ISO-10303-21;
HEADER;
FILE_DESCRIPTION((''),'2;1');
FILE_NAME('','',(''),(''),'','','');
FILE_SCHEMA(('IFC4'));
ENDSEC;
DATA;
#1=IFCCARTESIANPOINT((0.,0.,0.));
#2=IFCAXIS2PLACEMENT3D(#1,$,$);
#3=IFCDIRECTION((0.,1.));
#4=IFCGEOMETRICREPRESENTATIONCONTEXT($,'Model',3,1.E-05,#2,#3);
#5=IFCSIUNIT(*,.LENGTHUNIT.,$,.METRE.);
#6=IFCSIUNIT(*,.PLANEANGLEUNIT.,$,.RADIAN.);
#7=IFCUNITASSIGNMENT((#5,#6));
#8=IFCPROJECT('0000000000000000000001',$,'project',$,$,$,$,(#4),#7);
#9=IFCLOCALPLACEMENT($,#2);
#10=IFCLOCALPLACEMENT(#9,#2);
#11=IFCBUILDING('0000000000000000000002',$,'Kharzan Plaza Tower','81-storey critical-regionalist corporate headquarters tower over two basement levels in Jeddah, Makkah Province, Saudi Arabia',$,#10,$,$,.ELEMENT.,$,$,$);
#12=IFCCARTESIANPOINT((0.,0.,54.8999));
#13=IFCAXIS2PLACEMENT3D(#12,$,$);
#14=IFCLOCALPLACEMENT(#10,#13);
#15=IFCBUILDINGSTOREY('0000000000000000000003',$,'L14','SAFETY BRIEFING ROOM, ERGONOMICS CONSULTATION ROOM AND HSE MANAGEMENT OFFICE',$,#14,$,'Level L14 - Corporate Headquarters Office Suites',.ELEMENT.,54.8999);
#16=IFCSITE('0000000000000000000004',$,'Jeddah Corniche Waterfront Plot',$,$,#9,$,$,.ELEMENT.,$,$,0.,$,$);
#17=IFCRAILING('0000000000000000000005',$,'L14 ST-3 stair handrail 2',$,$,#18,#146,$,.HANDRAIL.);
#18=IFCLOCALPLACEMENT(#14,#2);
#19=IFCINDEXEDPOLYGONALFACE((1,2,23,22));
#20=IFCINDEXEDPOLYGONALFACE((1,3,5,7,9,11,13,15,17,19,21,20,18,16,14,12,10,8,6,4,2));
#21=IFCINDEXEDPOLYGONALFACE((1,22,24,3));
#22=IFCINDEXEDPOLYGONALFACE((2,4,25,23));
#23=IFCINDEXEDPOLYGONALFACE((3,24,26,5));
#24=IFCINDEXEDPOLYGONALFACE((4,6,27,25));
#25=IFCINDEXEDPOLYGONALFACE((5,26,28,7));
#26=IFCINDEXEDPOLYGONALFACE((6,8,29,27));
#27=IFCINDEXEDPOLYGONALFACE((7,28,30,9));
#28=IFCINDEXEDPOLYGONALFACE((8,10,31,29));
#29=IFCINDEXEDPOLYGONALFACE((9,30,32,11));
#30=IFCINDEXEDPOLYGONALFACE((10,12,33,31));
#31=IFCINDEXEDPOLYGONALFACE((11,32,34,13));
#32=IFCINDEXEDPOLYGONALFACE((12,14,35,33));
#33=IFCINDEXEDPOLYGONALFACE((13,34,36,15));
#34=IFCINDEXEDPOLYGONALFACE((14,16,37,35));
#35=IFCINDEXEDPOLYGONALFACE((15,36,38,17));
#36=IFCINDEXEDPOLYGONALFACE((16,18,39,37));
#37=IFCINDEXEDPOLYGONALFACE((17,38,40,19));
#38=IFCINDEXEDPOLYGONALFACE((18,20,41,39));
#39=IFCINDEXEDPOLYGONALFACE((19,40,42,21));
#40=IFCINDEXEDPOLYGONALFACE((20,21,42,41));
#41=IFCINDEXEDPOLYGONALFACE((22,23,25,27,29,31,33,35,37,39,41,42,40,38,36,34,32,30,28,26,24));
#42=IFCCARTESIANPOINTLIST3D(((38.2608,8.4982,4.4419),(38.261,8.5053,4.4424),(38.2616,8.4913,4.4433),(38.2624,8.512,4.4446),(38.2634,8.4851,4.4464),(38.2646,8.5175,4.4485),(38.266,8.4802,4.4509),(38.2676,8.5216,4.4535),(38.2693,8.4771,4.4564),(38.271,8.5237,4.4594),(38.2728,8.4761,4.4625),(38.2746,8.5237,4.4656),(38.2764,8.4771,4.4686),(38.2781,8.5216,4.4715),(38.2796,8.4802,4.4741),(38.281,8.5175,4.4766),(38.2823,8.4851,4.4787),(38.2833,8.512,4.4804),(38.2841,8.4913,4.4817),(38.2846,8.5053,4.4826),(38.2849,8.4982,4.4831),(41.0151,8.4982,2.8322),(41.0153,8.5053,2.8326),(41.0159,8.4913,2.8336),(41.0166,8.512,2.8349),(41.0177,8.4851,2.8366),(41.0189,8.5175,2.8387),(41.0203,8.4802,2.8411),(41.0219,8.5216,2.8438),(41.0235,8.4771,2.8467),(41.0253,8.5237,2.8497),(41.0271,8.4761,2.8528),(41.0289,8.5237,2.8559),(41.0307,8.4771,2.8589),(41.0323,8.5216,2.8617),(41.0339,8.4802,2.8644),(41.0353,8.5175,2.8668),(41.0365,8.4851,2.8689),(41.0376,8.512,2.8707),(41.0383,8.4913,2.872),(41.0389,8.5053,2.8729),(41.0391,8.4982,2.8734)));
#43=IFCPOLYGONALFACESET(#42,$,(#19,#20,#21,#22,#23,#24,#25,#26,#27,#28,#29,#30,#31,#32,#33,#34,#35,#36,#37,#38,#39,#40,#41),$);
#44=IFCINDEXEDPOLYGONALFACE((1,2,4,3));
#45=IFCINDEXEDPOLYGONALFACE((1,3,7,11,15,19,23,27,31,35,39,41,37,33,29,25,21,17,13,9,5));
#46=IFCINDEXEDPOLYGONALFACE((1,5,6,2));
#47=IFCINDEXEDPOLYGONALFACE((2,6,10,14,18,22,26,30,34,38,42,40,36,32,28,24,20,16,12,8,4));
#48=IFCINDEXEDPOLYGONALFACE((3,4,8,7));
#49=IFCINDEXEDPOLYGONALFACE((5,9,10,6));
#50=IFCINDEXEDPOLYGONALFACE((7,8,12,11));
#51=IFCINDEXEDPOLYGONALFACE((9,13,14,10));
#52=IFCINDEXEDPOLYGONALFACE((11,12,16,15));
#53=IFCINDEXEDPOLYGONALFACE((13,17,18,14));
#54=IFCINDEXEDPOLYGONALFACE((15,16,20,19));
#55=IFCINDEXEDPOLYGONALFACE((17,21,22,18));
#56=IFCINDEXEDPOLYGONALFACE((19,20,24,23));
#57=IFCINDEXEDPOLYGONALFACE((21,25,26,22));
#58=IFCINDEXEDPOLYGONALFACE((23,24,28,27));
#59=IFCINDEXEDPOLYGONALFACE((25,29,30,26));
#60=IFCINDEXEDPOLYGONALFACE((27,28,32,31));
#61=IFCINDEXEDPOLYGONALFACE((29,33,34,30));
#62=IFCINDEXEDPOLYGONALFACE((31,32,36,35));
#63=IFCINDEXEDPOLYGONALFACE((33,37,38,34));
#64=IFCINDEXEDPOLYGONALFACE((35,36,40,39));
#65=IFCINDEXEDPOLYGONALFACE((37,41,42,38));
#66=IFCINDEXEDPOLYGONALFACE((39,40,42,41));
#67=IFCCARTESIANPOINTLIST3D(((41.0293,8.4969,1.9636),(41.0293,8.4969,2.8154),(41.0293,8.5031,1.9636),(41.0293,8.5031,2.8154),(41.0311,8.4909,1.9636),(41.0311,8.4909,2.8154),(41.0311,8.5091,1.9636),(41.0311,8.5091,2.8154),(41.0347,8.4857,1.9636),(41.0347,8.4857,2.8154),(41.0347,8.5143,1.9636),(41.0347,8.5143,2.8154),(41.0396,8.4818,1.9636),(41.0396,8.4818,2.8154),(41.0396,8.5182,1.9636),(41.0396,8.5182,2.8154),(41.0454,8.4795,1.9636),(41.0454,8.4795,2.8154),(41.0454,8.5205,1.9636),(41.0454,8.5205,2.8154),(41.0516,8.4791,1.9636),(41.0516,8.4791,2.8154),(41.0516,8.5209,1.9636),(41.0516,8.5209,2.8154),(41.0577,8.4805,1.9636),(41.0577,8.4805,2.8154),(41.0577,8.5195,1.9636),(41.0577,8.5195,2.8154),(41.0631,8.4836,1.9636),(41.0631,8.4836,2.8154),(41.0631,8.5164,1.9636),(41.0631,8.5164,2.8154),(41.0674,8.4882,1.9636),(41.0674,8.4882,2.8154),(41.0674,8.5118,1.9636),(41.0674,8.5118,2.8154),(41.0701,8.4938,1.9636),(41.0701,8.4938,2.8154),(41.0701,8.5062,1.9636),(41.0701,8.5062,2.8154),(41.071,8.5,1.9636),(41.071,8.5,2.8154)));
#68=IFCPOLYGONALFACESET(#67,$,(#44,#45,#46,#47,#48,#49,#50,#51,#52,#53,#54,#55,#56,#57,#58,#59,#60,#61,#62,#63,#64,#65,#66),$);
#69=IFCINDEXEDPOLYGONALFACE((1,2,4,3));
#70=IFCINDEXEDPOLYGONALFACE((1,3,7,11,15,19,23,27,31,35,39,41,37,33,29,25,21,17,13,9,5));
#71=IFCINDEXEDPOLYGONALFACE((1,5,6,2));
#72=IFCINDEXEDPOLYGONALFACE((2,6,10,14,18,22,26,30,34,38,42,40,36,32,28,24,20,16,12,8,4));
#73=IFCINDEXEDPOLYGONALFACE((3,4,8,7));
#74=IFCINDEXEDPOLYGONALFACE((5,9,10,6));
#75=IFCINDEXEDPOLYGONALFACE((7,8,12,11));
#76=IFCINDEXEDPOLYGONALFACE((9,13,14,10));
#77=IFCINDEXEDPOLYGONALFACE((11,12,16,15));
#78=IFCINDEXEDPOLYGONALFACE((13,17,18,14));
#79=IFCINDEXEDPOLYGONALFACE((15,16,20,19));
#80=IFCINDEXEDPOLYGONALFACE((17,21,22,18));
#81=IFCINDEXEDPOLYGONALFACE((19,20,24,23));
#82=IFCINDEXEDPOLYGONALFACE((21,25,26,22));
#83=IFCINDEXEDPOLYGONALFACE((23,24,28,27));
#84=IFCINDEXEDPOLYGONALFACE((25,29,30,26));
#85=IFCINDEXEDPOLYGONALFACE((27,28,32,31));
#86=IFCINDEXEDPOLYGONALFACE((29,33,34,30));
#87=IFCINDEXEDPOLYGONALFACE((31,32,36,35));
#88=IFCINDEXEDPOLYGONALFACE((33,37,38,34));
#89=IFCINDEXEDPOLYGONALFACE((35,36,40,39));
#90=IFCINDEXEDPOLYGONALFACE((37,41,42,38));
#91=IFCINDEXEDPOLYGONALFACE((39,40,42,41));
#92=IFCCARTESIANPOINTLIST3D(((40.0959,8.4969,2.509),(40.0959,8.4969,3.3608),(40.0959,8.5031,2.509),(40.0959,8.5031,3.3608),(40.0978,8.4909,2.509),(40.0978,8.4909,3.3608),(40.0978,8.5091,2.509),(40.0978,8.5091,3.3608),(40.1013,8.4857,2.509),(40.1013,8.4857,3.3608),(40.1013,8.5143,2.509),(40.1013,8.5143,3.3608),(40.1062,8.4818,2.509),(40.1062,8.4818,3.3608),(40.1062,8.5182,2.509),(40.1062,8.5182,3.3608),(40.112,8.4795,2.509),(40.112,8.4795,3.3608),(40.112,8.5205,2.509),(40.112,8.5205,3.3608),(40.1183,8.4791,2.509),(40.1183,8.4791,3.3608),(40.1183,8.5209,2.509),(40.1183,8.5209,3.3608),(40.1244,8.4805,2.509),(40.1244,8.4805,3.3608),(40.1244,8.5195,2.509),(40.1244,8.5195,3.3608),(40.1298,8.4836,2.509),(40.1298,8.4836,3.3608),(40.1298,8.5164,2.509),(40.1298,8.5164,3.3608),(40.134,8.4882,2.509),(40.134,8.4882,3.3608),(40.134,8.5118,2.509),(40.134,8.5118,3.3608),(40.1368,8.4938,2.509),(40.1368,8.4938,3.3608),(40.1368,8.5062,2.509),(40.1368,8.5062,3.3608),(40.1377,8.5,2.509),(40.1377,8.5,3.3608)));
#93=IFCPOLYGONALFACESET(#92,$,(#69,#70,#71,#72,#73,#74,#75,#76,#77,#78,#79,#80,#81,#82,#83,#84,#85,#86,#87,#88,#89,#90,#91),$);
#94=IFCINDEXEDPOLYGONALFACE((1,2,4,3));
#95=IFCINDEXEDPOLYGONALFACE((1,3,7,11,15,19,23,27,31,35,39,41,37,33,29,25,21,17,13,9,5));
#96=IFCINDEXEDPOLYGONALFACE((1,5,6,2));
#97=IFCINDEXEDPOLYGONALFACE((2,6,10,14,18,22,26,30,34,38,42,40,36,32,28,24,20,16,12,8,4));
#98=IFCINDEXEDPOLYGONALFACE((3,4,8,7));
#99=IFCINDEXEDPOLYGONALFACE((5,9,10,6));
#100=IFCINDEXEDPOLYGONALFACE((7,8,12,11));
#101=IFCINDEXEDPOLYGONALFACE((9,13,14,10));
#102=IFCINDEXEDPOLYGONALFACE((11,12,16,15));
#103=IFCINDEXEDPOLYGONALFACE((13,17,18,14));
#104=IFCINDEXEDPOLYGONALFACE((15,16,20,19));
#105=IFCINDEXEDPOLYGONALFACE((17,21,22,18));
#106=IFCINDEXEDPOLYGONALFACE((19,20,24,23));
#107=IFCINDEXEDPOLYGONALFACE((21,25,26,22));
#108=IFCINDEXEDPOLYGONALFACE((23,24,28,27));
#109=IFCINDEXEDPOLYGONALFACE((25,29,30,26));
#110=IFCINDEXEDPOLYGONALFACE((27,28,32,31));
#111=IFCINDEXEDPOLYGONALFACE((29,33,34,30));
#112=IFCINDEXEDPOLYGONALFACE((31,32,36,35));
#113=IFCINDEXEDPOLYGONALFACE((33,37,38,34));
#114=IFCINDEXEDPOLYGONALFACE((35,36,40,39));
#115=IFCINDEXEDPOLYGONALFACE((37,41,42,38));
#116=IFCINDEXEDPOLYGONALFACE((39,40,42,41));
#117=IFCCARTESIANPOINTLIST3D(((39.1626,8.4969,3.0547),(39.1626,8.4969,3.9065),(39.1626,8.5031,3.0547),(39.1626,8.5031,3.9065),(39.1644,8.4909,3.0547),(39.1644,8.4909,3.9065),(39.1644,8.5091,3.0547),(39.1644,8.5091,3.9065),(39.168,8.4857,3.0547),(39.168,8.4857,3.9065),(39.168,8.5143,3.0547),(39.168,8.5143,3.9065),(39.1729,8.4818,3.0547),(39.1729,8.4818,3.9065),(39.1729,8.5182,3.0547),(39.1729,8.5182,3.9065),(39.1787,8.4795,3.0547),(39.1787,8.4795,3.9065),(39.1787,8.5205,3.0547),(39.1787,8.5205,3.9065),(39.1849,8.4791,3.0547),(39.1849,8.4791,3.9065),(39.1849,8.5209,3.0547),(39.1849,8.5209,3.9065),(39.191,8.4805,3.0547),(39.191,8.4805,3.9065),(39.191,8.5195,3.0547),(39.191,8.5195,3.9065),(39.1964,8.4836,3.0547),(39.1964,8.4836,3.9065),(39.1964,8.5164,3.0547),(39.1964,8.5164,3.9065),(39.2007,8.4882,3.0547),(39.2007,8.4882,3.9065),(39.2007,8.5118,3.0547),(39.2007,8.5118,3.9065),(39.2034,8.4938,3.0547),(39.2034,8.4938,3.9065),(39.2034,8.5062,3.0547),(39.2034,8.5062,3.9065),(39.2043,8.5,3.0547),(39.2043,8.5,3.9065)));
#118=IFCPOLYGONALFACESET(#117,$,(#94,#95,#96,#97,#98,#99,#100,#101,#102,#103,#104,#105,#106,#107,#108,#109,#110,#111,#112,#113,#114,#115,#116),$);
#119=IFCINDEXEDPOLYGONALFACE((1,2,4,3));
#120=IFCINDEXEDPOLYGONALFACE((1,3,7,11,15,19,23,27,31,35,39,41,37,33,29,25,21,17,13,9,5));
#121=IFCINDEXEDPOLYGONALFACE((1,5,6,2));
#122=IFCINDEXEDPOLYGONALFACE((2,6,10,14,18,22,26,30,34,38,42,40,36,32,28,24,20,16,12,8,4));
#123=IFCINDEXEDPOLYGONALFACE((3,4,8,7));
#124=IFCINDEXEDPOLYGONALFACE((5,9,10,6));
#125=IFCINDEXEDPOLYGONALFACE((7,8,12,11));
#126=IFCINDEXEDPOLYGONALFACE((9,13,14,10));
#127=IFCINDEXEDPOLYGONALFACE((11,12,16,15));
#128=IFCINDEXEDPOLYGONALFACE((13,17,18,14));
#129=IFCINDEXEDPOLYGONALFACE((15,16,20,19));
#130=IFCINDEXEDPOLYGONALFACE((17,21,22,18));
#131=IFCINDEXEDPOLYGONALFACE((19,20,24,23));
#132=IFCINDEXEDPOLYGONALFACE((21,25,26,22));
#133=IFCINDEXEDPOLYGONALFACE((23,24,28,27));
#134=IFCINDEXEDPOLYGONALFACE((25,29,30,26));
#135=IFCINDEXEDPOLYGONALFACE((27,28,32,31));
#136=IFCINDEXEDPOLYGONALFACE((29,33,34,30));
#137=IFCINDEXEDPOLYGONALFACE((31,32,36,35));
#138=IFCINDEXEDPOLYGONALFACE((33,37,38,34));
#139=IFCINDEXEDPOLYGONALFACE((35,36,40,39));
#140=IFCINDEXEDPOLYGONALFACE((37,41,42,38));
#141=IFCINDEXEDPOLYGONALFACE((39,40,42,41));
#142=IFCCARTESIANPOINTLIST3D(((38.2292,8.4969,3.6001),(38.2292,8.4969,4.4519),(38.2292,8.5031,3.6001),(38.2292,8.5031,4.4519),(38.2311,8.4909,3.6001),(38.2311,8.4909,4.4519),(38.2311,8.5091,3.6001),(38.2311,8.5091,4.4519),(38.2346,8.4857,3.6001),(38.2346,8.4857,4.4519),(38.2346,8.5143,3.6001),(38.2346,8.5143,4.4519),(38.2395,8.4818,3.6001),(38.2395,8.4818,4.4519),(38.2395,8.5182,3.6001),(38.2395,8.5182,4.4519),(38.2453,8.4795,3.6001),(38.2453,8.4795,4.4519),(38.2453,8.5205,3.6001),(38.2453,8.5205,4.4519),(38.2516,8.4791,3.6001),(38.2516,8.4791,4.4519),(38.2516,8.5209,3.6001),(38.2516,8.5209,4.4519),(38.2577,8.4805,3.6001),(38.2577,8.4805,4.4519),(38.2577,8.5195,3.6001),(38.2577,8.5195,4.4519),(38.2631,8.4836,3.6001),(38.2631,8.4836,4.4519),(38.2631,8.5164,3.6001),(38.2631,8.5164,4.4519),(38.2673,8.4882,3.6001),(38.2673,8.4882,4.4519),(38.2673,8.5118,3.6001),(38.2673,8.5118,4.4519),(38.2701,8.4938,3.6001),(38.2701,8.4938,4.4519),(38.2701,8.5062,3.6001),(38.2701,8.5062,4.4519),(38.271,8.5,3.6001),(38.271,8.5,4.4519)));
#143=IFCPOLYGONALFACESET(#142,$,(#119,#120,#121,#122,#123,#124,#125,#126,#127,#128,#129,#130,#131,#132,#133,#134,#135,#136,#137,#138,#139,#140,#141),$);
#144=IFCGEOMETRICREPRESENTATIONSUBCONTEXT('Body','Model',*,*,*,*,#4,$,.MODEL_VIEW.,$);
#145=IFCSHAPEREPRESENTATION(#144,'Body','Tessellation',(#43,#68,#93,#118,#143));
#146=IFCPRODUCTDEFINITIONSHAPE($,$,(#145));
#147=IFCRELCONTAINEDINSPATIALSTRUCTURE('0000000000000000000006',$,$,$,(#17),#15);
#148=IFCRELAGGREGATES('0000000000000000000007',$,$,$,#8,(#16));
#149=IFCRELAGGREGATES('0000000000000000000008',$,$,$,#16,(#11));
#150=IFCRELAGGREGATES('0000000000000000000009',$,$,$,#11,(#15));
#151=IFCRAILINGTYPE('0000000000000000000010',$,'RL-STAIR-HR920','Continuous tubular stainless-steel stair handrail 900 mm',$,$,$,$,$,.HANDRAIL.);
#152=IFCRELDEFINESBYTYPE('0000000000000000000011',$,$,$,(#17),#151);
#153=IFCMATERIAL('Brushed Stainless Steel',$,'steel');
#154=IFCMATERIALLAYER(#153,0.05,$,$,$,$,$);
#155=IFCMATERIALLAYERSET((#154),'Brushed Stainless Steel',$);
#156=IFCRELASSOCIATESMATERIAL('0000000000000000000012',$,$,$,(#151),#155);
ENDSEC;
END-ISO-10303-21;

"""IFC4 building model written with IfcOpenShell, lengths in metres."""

from ifc_helpers import new_model, si_unit, direction, frame, origin, origin_2d, place, context, subcontext, project, spatial, circle, extrude, source, transform, mapped, material, layer, layer_set, type_object, element, save


model = new_model("IFC4")

# Units and contexts
model_context = context("Model", 3, precision=1e-05, world=origin(), true_north=direction((0.0, 1.0)))
body_context = subcontext(model_context, "Body", "Model", "MODEL_VIEW")
ifc_project = project(units=[si_unit("LENGTHUNIT", "METRE"), si_unit("PLANEANGLEUNIT", "RADIAN")], contexts=[model_context])

# Site, building, storey
site_placement = place(None, origin())
site = spatial("IfcSite", under=ifc_project, at=site_placement, Name="Jeddah Corniche Waterfront Plot", CompositionType="ELEMENT", RefElevation=0.0)
building_placement = place(site_placement, origin())
building = spatial("IfcBuilding", under=site, at=building_placement, Name="Kharzan Plaza Tower", Description="81-storey critical-regionalist corporate headquarters tower over two basement levels in Jeddah, Makkah Province, Saudi Arabia", CompositionType="ELEMENT")
storey_placement = place(building_placement, frame((0.0, 0.0, 54.8999)))
storey = spatial("IfcBuildingStorey", under=building, at=storey_placement, Name="L14", Description="SAFETY BRIEFING ROOM, ERGONOMICS CONSULTATION ROOM AND HSE MANAGEMENT OFFICE", LongName="Level L14 - Corporate Headquarters Office Suites", CompositionType="ELEMENT", Elevation=54.8999)

# Shared definitions
ifc_material_1 = material(Name="Brushed Stainless Steel", Category="steel")

# Railing
ifc_layer_1 = layer(ifc_material_1, 0.05)
ifc_layer_set_1 = layer_set([ifc_layer_1], Name="Brushed Stainless Steel")
railing_type_1 = type_object("IfcRailingType", Name="RL-STAIR-HR920", Description="Continuous tubular stainless-steel stair handrail 900 mm", PredefinedType="HANDRAIL", material=ifc_layer_set_1)
shared_shape_1 = source(origin(), body_context, "Body", "SweptSolid", [
    extrude(circle(Radius=0.0239, at=origin_2d()), frame((-0.0229, 0.0, 0.8892), z_axis=(-0.863361, 0.0, 0.504587), x_axis=(0.0, -1.0, 0.0)), (0.0, 0.0, 1.0), 3.1902),
    extrude(circle(Radius=0.021, at=origin_2d()), origin(), (0.0, 0.0, 1.0), 0.8518),
    extrude(circle(Radius=0.021, at=origin_2d()), frame((-0.9333, 0.0, 0.5454)), (0.0, 0.0, 1.0), 0.8518),
    extrude(circle(Radius=0.021, at=origin_2d()), frame((-1.8667, 0.0, 1.0911)), (0.0, 0.0, 1.0), 0.8518),
    extrude(circle(Radius=0.021, at=origin_2d()), frame((-2.8, 0.0, 1.6365)), (0.0, 0.0, 1.0), 0.8518),
])
railing_1_placement = place(storey_placement, frame((41.05, 8.5, 1.9636)))
element("IfcRailing", 1, at=railing_1_placement, inside=storey, type_object=railing_type_1, Name="L14 ST-3 stair handrail 2", PredefinedType="HANDRAIL", context=body_context, shape_type="MappedRepresentation", body=[
    mapped(shared_shape_1, transform((0.0, 0.0, 0.0), x_axis=(1.0, 0.0, 0.0), y_axis=(0.0, 1.0, 0.0), z_axis=(0.0, 0.0, 1.0))),
])

save(model, "model.ifc")
